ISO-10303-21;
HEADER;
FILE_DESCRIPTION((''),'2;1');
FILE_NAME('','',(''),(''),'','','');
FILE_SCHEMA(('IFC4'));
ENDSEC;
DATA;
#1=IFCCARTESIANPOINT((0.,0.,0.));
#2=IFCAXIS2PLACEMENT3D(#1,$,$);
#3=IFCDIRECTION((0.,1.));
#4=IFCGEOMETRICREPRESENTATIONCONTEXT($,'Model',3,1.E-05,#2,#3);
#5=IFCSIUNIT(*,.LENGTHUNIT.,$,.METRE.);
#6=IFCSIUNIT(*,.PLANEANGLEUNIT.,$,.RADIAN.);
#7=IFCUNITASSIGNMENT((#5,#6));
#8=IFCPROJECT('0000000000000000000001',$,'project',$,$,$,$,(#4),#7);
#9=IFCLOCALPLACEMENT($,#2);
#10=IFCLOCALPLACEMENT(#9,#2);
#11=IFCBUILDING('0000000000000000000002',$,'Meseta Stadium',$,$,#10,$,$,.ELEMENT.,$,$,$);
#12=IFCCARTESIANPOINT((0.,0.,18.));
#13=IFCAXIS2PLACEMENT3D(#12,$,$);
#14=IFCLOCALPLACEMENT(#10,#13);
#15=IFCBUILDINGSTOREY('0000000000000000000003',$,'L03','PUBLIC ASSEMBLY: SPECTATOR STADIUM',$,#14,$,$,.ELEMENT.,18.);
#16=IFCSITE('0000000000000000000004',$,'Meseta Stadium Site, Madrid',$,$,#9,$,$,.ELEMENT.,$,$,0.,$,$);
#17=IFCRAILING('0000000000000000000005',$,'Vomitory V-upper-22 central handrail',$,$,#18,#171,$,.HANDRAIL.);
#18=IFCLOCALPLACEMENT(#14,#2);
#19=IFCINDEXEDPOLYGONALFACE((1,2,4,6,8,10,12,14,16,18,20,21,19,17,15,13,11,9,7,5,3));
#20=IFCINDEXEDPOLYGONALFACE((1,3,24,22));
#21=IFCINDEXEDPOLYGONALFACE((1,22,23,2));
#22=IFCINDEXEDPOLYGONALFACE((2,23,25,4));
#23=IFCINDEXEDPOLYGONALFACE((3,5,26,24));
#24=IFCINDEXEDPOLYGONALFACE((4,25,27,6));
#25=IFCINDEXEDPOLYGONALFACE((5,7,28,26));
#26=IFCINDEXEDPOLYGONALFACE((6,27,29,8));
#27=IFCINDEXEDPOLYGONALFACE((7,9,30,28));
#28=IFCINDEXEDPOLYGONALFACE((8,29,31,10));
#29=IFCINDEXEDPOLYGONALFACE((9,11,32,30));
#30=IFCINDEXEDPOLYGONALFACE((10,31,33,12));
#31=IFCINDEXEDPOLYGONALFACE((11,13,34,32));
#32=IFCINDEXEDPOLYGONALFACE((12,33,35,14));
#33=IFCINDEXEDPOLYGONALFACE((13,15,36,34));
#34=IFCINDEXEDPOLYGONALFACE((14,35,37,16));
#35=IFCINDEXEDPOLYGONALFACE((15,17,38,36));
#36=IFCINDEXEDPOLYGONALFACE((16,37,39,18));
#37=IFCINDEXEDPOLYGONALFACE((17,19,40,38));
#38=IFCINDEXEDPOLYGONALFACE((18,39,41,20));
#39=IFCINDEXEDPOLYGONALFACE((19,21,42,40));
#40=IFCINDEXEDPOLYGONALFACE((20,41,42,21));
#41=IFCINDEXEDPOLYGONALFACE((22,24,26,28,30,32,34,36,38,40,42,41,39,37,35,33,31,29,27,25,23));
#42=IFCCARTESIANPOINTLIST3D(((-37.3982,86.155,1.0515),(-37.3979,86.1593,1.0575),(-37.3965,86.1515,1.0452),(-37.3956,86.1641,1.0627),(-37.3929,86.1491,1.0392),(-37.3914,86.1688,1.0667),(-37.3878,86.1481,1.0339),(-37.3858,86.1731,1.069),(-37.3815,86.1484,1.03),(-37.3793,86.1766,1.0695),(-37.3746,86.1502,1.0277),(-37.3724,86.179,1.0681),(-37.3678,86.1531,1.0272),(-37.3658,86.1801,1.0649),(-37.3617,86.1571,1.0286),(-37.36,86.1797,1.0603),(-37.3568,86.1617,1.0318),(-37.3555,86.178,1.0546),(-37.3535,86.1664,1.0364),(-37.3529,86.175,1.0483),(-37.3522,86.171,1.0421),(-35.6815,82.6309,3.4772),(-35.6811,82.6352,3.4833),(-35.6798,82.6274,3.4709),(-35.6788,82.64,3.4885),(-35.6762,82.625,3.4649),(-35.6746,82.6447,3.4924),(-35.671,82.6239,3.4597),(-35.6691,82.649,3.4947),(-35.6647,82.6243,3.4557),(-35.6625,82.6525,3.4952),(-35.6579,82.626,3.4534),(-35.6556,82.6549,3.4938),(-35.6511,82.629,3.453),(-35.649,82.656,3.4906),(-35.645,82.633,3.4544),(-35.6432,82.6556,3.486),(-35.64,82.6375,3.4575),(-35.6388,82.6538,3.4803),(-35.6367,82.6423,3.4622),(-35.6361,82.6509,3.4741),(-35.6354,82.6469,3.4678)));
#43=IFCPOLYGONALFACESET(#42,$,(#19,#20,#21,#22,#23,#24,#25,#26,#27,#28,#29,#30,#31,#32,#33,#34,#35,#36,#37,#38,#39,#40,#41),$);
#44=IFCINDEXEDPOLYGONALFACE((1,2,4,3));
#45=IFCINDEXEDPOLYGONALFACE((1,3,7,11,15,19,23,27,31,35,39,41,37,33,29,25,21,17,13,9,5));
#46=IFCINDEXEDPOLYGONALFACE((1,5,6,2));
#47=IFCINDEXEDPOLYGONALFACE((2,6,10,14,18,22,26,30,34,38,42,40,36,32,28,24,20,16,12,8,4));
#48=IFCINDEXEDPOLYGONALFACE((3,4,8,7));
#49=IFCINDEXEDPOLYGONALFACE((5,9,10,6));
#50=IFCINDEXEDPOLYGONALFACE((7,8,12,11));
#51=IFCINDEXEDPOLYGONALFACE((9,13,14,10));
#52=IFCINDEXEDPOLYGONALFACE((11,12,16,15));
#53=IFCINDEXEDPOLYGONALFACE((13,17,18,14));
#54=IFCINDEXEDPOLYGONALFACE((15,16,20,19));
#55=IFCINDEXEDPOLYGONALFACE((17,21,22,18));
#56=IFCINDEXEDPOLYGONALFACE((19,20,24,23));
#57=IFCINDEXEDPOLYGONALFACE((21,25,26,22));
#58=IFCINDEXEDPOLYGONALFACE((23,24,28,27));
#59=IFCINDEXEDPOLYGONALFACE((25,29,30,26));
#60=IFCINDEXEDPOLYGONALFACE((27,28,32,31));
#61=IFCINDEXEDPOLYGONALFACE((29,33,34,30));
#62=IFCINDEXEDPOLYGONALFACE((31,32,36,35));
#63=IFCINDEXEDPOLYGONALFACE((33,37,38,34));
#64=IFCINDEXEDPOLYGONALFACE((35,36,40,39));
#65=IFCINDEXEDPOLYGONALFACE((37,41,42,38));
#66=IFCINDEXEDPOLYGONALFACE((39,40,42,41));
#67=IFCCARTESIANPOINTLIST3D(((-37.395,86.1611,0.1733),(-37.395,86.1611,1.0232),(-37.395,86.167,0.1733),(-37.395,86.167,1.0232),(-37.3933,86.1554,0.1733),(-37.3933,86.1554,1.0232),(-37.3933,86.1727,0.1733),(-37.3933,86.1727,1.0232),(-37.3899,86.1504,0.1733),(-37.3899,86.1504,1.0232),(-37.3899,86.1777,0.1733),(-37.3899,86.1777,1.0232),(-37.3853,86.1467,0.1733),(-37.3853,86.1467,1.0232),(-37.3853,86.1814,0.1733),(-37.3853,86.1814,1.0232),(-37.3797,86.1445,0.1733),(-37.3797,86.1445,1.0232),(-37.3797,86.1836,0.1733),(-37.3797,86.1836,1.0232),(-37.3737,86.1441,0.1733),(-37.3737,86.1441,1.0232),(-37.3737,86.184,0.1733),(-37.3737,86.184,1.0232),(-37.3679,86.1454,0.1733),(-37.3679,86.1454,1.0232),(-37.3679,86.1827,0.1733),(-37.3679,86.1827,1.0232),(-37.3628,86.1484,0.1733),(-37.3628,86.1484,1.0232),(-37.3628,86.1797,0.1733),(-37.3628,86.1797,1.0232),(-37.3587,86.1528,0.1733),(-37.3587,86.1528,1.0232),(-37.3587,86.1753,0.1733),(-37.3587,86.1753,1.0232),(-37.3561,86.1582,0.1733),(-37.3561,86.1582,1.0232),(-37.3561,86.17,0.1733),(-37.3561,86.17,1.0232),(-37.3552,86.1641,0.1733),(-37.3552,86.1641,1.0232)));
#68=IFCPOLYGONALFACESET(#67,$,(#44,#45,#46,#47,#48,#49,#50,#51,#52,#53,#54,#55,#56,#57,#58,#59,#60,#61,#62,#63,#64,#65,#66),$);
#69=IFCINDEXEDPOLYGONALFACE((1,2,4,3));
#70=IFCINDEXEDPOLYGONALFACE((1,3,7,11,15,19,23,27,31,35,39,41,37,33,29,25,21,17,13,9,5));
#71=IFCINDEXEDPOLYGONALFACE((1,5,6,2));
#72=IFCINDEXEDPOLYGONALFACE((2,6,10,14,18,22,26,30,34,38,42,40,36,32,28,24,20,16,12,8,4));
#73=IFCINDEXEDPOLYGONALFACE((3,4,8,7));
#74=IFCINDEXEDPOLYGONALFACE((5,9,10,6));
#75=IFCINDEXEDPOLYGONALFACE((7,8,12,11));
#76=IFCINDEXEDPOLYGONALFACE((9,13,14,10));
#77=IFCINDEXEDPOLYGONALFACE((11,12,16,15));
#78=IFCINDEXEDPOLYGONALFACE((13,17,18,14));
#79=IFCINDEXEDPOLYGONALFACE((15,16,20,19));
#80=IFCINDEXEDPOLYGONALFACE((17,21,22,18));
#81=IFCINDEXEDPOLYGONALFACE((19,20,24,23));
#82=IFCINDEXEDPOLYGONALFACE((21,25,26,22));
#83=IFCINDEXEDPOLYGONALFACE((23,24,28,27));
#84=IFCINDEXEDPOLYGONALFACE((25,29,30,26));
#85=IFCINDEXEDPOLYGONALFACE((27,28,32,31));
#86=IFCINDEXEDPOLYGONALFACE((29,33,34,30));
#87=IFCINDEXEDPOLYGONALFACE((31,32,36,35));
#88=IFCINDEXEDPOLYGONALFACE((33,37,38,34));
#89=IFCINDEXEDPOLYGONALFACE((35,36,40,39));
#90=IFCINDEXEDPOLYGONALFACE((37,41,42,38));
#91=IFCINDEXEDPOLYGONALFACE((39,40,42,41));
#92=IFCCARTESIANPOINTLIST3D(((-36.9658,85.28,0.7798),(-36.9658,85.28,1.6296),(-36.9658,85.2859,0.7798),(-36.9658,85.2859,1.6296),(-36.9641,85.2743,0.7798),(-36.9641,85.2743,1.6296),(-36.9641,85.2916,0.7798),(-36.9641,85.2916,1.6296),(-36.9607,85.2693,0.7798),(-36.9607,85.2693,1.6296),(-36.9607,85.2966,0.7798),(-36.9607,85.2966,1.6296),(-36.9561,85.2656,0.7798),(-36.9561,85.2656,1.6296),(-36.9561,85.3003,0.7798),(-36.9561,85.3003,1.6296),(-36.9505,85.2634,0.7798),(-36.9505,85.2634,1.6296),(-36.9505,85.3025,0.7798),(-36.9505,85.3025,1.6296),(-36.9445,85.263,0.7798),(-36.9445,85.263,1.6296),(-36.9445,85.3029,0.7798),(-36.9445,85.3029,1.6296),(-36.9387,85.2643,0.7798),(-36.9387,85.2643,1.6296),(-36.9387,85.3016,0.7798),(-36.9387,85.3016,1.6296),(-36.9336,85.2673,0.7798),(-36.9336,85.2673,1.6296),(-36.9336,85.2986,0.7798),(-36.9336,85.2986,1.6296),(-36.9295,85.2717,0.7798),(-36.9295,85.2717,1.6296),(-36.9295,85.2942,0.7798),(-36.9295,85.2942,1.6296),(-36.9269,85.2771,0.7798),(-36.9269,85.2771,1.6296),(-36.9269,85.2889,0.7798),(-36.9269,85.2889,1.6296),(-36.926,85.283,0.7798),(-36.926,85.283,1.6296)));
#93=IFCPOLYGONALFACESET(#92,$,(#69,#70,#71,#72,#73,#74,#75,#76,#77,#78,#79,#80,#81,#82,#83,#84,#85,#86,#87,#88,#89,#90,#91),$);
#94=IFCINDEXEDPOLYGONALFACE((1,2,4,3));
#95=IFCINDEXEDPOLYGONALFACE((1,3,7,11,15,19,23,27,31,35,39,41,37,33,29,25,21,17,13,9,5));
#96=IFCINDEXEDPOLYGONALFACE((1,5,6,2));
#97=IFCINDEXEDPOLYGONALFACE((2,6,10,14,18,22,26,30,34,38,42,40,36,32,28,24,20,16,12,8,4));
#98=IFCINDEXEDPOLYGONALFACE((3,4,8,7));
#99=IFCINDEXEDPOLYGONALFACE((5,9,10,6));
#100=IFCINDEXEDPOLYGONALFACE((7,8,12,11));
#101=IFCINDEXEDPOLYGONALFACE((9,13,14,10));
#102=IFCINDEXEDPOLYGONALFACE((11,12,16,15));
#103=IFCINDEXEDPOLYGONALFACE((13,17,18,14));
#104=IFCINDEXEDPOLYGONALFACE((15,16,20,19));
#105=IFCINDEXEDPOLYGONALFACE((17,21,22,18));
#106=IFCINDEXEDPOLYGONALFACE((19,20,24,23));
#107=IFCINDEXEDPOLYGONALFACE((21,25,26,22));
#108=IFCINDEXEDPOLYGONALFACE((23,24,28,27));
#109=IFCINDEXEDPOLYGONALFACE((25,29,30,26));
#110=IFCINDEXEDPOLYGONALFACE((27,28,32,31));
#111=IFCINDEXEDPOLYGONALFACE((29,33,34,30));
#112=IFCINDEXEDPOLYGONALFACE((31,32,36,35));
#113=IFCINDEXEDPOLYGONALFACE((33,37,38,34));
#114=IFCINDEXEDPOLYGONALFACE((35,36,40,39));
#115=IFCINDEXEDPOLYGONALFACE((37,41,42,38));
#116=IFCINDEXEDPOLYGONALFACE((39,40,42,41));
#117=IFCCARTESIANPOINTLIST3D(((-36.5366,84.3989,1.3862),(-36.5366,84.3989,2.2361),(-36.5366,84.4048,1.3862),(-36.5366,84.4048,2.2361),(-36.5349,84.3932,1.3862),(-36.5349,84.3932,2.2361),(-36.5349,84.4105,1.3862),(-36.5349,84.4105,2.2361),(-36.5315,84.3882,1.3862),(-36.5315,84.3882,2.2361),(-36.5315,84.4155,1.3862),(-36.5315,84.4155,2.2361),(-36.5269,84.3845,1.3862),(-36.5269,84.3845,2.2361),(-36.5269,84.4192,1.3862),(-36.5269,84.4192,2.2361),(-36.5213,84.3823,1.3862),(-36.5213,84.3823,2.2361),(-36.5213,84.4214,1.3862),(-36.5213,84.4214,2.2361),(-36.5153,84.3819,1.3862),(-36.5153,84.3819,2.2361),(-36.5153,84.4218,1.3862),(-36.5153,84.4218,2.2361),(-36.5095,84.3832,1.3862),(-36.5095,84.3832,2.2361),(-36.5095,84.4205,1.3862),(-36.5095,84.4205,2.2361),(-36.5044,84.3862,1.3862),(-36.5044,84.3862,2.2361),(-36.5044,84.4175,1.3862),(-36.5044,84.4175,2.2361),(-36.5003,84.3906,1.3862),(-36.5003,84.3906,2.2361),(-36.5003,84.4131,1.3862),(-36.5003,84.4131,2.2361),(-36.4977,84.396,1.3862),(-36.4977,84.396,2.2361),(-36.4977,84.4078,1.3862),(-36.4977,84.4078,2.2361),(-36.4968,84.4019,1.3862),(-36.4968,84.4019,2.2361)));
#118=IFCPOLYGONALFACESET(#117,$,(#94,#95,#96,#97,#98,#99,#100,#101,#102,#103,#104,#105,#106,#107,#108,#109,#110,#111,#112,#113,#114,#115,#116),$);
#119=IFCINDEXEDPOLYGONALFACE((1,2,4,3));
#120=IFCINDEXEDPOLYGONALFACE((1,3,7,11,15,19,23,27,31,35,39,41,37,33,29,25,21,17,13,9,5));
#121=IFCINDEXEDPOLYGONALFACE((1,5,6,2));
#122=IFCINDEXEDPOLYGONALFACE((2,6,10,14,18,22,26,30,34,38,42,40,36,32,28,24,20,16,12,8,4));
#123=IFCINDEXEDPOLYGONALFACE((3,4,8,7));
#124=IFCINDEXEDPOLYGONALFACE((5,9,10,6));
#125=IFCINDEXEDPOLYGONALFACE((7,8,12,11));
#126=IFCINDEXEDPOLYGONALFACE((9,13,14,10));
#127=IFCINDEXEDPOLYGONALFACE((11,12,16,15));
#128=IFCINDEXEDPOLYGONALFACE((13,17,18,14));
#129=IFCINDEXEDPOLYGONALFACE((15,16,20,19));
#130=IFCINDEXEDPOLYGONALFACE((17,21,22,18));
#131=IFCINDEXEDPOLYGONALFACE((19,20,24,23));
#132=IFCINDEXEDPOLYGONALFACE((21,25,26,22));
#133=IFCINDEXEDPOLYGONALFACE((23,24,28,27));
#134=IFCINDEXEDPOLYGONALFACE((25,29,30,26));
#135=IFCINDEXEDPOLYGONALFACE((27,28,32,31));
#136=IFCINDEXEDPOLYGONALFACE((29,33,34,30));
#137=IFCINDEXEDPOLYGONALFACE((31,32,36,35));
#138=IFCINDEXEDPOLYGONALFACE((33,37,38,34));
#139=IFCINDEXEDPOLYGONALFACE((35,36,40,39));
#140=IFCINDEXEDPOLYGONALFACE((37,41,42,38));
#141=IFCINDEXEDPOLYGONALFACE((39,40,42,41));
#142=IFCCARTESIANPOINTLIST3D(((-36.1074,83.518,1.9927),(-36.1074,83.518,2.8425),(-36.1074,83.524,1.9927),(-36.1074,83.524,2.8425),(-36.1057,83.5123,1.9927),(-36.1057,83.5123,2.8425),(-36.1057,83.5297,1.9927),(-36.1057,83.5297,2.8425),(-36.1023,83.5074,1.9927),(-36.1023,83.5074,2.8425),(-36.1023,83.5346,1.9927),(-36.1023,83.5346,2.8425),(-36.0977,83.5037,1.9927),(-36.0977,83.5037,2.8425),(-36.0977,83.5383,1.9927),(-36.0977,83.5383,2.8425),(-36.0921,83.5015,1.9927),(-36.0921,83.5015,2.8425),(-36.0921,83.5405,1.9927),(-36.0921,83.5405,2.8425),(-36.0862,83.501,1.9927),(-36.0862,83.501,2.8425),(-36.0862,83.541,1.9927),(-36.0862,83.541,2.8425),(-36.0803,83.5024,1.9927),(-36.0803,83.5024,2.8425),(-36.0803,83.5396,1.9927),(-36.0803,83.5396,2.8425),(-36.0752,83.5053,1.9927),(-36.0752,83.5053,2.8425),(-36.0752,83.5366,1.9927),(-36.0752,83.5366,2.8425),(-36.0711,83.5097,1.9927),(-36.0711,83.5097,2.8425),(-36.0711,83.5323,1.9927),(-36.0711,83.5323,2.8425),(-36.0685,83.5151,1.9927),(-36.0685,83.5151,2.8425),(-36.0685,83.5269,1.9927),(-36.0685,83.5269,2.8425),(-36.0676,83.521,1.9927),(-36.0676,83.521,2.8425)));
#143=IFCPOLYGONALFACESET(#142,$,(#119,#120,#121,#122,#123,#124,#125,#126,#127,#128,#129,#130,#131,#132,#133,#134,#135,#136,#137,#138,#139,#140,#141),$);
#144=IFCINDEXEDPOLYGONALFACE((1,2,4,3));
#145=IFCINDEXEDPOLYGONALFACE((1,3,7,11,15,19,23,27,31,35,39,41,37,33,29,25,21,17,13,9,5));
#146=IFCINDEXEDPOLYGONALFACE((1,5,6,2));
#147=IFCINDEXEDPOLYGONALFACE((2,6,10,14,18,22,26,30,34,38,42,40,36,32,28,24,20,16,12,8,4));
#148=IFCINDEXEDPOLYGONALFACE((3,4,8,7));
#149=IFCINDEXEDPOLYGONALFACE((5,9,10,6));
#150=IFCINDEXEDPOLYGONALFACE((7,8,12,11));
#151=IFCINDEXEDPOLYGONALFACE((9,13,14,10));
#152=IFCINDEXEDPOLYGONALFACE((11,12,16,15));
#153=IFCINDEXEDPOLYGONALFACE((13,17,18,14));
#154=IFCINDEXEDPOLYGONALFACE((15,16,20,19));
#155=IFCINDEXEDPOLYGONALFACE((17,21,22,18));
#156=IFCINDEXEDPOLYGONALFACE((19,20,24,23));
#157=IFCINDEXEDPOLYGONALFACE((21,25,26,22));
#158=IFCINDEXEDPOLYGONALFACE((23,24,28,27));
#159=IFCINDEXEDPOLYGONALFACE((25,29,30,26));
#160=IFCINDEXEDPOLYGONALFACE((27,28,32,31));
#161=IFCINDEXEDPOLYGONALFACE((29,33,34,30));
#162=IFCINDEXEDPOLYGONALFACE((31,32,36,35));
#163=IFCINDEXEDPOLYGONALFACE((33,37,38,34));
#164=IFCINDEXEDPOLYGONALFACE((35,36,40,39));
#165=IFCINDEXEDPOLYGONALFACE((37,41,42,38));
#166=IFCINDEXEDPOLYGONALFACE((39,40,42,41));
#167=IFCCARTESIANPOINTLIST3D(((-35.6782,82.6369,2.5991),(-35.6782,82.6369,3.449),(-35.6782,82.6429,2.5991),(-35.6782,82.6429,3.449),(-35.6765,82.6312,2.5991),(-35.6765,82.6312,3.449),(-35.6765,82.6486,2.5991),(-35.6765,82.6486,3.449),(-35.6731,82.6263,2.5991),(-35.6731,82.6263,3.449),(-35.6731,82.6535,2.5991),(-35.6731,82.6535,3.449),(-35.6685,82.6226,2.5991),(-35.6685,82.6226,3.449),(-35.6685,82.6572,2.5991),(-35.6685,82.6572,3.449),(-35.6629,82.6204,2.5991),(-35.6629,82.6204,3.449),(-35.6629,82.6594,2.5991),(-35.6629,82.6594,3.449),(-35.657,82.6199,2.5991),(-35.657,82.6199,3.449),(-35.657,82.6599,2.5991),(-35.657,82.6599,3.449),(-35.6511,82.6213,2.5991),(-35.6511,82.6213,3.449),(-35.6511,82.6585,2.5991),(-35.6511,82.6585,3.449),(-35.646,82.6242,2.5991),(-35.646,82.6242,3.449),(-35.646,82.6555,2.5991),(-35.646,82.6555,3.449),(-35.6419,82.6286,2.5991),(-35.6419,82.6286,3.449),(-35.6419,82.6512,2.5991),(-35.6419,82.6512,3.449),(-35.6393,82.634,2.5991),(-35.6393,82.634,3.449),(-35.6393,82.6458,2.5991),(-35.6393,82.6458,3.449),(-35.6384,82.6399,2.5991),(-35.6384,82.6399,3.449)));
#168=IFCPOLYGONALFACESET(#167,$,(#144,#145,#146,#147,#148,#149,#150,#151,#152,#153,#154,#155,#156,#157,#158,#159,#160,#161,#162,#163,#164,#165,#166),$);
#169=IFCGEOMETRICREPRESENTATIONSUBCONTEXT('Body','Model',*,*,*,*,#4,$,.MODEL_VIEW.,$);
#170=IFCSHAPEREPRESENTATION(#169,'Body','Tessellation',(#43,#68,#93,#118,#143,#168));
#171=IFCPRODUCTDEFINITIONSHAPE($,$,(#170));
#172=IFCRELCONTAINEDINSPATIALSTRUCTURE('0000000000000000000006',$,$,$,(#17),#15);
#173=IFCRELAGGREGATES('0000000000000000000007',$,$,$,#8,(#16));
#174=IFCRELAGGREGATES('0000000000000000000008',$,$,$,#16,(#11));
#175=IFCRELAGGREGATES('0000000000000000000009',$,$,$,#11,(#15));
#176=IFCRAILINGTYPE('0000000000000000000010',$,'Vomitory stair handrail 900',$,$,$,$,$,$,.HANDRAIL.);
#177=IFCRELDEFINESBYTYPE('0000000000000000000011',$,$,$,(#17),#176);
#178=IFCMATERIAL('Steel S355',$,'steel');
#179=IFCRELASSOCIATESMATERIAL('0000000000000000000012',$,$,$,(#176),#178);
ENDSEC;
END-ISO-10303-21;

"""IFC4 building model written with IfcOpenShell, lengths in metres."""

from ifc_helpers import new_model, si_unit, direction, frame, origin, origin_2d, place, context, subcontext, project, spatial, circle, extrude, material, type_object, element, save


model = new_model("IFC4")

# Units and contexts
model_context = context("Model", 3, precision=1e-05, world=origin(), true_north=direction((0.0, 1.0)))
body_context = subcontext(model_context, "Body", "Model", "MODEL_VIEW")
ifc_project = project(units=[si_unit("LENGTHUNIT", "METRE"), si_unit("PLANEANGLEUNIT", "RADIAN")], contexts=[model_context])

# Site, building, storey
site_placement = place(None, origin())
site = spatial("IfcSite", under=ifc_project, at=site_placement, Name="Meseta Stadium Site, Madrid", CompositionType="ELEMENT", RefElevation=0.0)
building_placement = place(site_placement, origin())
building = spatial("IfcBuilding", under=site, at=building_placement, Name="Meseta Stadium", CompositionType="ELEMENT")
storey_placement = place(building_placement, frame((0.0, 0.0, 18.0)))
storey = spatial("IfcBuildingStorey", under=building, at=storey_placement, Name="L03", Description="PUBLIC ASSEMBLY: SPECTATOR STADIUM", CompositionType="ELEMENT", Elevation=18.0)

# Railing
ifc_material_1 = material(Name="Steel S355", Category="steel")
railing_type_1 = type_object("IfcRailingType", Name="Vomitory stair handrail 900", PredefinedType="HANDRAIL", material=ifc_material_1)
railing_1_placement = place(storey_placement, frame((-37.3752, 86.1641, 0.1733)))
element("IfcRailing", 1, at=railing_1_placement, inside=storey, type_object=railing_type_1, Name="Vomitory V-upper-22 central handrail", PredefinedType="HANDRAIL", context=body_context, shape_type="SweptSolid", body=[
    extrude(circle(Radius=0.0249, at=origin_2d()), frame((0.0, 0.0, 0.875), z_axis=(0.372412, -0.764471, 0.526206), x_axis=(0.899001, 0.437947, 0.0)), (0.0, 0.0, 1.0), 4.6099),
    extrude(circle(Radius=0.02, at=origin_2d()), origin(), (0.0, 0.0, 1.0), 0.8499),
    extrude(circle(Radius=0.02, at=origin_2d()), frame((0.4292, -0.8811, 0.6064)), (0.0, 0.0, 1.0), 0.8499),
    extrude(circle(Radius=0.02, at=origin_2d()), frame((0.8584, -1.7622, 1.2129)), (0.0, 0.0, 1.0), 0.8499),
    extrude(circle(Radius=0.02, at=origin_2d()), frame((1.2876, -2.6431, 1.8193)), (0.0, 0.0, 1.0), 0.8499),
    extrude(circle(Radius=0.02, at=origin_2d()), frame((1.7168, -3.5242, 2.4258)), (0.0, 0.0, 1.0), 0.8499),
])

save(model, "model.ifc")
